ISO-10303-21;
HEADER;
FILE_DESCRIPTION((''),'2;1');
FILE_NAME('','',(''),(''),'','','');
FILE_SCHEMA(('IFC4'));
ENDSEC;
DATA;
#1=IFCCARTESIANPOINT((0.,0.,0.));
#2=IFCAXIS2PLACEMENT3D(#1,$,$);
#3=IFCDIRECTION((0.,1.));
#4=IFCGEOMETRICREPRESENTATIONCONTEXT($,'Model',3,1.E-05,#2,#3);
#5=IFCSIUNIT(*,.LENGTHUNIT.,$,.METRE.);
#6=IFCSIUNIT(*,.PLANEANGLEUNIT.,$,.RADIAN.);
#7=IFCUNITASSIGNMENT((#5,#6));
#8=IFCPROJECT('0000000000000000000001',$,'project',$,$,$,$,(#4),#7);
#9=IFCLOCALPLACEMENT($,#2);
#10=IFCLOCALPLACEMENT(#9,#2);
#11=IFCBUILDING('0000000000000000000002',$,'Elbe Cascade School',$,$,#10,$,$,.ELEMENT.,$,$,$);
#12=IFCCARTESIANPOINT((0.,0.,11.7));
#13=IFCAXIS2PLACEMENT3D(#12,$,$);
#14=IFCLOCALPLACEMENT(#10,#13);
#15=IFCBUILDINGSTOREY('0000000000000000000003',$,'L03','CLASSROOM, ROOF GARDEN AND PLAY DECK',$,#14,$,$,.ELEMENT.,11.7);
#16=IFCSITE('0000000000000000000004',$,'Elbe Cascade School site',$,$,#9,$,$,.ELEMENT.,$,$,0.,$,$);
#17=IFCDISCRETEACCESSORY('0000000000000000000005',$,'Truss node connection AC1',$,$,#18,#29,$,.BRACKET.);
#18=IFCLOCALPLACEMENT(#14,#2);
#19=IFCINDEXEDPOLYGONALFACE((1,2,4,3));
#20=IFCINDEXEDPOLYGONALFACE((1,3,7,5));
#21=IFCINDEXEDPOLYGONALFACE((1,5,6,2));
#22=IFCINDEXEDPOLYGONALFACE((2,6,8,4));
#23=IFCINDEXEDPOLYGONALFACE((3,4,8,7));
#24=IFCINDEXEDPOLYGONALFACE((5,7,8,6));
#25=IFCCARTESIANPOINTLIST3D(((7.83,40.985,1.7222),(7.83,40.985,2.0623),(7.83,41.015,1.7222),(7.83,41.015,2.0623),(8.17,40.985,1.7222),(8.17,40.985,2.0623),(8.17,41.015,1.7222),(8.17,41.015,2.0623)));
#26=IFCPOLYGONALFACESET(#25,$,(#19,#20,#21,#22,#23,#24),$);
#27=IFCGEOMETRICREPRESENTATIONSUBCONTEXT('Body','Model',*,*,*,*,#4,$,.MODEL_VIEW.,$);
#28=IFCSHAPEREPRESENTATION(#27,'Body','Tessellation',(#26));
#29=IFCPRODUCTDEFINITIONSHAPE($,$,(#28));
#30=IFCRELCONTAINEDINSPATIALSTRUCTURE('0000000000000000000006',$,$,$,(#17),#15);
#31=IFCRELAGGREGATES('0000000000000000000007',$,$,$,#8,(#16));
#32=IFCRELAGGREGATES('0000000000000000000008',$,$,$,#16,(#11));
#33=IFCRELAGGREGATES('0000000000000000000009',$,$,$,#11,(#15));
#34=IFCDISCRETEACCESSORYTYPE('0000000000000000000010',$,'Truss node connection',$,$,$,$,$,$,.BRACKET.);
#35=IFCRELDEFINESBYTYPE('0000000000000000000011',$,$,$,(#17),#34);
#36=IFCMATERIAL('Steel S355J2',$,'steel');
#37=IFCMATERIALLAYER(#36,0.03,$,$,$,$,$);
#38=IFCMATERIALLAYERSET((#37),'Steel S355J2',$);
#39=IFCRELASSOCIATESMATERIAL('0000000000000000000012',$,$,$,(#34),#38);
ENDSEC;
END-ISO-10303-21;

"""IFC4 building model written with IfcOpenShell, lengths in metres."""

from ifc_helpers import new_model, si_unit, direction, frame, origin, origin_2d, place, context, subcontext, project, spatial, rectangle, extrude, material, layer, layer_set, type_object, element, save


model = new_model("IFC4")

# Units and contexts
model_context = context("Model", 3, precision=1e-05, world=origin(), true_north=direction((0.0, 1.0)))
body_context = subcontext(model_context, "Body", "Model", "MODEL_VIEW")
ifc_project = project(units=[si_unit("LENGTHUNIT", "METRE"), si_unit("PLANEANGLEUNIT", "RADIAN")], contexts=[model_context])

# Site, building, storey
site_placement = place(None, origin())
site = spatial("IfcSite", under=ifc_project, at=site_placement, Name="Elbe Cascade School site", CompositionType="ELEMENT", RefElevation=0.0)
building_placement = place(site_placement, origin())
building = spatial("IfcBuilding", under=site, at=building_placement, Name="Elbe Cascade School", CompositionType="ELEMENT")
storey_placement = place(building_placement, frame((0.0, 0.0, 11.7)))
storey = spatial("IfcBuildingStorey", under=building, at=storey_placement, Name="L03", Description="CLASSROOM, ROOF GARDEN AND PLAY DECK", CompositionType="ELEMENT", Elevation=11.7)

# Discrete accessory
ifc_material_1 = material(Name="Steel S355J2", Category="steel")
ifc_layer_1 = layer(ifc_material_1, 0.03)
ifc_layer_set_1 = layer_set([ifc_layer_1], Name="Steel S355J2")
discrete_accessory_type = type_object("IfcDiscreteAccessoryType", Name="Truss node connection", PredefinedType="BRACKET", material=ifc_layer_set_1)
discrete_accessory_placement = place(storey_placement, frame((8.0, 41.0, 1.7222), z_axis=(0.0, 0.0, 1.0), x_axis=(1.0, 0.0, 0.0)))
element("IfcDiscreteAccessory", 1, at=discrete_accessory_placement, inside=storey, type_object=discrete_accessory_type, Name="Truss node connection AC1", PredefinedType="BRACKET", context=body_context, shape_type="SweptSolid", body=[
    extrude(rectangle(XDim=0.3401, YDim=0.03, at=origin_2d()), origin(), (0.0, 0.0, 1.0), 0.3401),
])

save(model, "model.ifc")
